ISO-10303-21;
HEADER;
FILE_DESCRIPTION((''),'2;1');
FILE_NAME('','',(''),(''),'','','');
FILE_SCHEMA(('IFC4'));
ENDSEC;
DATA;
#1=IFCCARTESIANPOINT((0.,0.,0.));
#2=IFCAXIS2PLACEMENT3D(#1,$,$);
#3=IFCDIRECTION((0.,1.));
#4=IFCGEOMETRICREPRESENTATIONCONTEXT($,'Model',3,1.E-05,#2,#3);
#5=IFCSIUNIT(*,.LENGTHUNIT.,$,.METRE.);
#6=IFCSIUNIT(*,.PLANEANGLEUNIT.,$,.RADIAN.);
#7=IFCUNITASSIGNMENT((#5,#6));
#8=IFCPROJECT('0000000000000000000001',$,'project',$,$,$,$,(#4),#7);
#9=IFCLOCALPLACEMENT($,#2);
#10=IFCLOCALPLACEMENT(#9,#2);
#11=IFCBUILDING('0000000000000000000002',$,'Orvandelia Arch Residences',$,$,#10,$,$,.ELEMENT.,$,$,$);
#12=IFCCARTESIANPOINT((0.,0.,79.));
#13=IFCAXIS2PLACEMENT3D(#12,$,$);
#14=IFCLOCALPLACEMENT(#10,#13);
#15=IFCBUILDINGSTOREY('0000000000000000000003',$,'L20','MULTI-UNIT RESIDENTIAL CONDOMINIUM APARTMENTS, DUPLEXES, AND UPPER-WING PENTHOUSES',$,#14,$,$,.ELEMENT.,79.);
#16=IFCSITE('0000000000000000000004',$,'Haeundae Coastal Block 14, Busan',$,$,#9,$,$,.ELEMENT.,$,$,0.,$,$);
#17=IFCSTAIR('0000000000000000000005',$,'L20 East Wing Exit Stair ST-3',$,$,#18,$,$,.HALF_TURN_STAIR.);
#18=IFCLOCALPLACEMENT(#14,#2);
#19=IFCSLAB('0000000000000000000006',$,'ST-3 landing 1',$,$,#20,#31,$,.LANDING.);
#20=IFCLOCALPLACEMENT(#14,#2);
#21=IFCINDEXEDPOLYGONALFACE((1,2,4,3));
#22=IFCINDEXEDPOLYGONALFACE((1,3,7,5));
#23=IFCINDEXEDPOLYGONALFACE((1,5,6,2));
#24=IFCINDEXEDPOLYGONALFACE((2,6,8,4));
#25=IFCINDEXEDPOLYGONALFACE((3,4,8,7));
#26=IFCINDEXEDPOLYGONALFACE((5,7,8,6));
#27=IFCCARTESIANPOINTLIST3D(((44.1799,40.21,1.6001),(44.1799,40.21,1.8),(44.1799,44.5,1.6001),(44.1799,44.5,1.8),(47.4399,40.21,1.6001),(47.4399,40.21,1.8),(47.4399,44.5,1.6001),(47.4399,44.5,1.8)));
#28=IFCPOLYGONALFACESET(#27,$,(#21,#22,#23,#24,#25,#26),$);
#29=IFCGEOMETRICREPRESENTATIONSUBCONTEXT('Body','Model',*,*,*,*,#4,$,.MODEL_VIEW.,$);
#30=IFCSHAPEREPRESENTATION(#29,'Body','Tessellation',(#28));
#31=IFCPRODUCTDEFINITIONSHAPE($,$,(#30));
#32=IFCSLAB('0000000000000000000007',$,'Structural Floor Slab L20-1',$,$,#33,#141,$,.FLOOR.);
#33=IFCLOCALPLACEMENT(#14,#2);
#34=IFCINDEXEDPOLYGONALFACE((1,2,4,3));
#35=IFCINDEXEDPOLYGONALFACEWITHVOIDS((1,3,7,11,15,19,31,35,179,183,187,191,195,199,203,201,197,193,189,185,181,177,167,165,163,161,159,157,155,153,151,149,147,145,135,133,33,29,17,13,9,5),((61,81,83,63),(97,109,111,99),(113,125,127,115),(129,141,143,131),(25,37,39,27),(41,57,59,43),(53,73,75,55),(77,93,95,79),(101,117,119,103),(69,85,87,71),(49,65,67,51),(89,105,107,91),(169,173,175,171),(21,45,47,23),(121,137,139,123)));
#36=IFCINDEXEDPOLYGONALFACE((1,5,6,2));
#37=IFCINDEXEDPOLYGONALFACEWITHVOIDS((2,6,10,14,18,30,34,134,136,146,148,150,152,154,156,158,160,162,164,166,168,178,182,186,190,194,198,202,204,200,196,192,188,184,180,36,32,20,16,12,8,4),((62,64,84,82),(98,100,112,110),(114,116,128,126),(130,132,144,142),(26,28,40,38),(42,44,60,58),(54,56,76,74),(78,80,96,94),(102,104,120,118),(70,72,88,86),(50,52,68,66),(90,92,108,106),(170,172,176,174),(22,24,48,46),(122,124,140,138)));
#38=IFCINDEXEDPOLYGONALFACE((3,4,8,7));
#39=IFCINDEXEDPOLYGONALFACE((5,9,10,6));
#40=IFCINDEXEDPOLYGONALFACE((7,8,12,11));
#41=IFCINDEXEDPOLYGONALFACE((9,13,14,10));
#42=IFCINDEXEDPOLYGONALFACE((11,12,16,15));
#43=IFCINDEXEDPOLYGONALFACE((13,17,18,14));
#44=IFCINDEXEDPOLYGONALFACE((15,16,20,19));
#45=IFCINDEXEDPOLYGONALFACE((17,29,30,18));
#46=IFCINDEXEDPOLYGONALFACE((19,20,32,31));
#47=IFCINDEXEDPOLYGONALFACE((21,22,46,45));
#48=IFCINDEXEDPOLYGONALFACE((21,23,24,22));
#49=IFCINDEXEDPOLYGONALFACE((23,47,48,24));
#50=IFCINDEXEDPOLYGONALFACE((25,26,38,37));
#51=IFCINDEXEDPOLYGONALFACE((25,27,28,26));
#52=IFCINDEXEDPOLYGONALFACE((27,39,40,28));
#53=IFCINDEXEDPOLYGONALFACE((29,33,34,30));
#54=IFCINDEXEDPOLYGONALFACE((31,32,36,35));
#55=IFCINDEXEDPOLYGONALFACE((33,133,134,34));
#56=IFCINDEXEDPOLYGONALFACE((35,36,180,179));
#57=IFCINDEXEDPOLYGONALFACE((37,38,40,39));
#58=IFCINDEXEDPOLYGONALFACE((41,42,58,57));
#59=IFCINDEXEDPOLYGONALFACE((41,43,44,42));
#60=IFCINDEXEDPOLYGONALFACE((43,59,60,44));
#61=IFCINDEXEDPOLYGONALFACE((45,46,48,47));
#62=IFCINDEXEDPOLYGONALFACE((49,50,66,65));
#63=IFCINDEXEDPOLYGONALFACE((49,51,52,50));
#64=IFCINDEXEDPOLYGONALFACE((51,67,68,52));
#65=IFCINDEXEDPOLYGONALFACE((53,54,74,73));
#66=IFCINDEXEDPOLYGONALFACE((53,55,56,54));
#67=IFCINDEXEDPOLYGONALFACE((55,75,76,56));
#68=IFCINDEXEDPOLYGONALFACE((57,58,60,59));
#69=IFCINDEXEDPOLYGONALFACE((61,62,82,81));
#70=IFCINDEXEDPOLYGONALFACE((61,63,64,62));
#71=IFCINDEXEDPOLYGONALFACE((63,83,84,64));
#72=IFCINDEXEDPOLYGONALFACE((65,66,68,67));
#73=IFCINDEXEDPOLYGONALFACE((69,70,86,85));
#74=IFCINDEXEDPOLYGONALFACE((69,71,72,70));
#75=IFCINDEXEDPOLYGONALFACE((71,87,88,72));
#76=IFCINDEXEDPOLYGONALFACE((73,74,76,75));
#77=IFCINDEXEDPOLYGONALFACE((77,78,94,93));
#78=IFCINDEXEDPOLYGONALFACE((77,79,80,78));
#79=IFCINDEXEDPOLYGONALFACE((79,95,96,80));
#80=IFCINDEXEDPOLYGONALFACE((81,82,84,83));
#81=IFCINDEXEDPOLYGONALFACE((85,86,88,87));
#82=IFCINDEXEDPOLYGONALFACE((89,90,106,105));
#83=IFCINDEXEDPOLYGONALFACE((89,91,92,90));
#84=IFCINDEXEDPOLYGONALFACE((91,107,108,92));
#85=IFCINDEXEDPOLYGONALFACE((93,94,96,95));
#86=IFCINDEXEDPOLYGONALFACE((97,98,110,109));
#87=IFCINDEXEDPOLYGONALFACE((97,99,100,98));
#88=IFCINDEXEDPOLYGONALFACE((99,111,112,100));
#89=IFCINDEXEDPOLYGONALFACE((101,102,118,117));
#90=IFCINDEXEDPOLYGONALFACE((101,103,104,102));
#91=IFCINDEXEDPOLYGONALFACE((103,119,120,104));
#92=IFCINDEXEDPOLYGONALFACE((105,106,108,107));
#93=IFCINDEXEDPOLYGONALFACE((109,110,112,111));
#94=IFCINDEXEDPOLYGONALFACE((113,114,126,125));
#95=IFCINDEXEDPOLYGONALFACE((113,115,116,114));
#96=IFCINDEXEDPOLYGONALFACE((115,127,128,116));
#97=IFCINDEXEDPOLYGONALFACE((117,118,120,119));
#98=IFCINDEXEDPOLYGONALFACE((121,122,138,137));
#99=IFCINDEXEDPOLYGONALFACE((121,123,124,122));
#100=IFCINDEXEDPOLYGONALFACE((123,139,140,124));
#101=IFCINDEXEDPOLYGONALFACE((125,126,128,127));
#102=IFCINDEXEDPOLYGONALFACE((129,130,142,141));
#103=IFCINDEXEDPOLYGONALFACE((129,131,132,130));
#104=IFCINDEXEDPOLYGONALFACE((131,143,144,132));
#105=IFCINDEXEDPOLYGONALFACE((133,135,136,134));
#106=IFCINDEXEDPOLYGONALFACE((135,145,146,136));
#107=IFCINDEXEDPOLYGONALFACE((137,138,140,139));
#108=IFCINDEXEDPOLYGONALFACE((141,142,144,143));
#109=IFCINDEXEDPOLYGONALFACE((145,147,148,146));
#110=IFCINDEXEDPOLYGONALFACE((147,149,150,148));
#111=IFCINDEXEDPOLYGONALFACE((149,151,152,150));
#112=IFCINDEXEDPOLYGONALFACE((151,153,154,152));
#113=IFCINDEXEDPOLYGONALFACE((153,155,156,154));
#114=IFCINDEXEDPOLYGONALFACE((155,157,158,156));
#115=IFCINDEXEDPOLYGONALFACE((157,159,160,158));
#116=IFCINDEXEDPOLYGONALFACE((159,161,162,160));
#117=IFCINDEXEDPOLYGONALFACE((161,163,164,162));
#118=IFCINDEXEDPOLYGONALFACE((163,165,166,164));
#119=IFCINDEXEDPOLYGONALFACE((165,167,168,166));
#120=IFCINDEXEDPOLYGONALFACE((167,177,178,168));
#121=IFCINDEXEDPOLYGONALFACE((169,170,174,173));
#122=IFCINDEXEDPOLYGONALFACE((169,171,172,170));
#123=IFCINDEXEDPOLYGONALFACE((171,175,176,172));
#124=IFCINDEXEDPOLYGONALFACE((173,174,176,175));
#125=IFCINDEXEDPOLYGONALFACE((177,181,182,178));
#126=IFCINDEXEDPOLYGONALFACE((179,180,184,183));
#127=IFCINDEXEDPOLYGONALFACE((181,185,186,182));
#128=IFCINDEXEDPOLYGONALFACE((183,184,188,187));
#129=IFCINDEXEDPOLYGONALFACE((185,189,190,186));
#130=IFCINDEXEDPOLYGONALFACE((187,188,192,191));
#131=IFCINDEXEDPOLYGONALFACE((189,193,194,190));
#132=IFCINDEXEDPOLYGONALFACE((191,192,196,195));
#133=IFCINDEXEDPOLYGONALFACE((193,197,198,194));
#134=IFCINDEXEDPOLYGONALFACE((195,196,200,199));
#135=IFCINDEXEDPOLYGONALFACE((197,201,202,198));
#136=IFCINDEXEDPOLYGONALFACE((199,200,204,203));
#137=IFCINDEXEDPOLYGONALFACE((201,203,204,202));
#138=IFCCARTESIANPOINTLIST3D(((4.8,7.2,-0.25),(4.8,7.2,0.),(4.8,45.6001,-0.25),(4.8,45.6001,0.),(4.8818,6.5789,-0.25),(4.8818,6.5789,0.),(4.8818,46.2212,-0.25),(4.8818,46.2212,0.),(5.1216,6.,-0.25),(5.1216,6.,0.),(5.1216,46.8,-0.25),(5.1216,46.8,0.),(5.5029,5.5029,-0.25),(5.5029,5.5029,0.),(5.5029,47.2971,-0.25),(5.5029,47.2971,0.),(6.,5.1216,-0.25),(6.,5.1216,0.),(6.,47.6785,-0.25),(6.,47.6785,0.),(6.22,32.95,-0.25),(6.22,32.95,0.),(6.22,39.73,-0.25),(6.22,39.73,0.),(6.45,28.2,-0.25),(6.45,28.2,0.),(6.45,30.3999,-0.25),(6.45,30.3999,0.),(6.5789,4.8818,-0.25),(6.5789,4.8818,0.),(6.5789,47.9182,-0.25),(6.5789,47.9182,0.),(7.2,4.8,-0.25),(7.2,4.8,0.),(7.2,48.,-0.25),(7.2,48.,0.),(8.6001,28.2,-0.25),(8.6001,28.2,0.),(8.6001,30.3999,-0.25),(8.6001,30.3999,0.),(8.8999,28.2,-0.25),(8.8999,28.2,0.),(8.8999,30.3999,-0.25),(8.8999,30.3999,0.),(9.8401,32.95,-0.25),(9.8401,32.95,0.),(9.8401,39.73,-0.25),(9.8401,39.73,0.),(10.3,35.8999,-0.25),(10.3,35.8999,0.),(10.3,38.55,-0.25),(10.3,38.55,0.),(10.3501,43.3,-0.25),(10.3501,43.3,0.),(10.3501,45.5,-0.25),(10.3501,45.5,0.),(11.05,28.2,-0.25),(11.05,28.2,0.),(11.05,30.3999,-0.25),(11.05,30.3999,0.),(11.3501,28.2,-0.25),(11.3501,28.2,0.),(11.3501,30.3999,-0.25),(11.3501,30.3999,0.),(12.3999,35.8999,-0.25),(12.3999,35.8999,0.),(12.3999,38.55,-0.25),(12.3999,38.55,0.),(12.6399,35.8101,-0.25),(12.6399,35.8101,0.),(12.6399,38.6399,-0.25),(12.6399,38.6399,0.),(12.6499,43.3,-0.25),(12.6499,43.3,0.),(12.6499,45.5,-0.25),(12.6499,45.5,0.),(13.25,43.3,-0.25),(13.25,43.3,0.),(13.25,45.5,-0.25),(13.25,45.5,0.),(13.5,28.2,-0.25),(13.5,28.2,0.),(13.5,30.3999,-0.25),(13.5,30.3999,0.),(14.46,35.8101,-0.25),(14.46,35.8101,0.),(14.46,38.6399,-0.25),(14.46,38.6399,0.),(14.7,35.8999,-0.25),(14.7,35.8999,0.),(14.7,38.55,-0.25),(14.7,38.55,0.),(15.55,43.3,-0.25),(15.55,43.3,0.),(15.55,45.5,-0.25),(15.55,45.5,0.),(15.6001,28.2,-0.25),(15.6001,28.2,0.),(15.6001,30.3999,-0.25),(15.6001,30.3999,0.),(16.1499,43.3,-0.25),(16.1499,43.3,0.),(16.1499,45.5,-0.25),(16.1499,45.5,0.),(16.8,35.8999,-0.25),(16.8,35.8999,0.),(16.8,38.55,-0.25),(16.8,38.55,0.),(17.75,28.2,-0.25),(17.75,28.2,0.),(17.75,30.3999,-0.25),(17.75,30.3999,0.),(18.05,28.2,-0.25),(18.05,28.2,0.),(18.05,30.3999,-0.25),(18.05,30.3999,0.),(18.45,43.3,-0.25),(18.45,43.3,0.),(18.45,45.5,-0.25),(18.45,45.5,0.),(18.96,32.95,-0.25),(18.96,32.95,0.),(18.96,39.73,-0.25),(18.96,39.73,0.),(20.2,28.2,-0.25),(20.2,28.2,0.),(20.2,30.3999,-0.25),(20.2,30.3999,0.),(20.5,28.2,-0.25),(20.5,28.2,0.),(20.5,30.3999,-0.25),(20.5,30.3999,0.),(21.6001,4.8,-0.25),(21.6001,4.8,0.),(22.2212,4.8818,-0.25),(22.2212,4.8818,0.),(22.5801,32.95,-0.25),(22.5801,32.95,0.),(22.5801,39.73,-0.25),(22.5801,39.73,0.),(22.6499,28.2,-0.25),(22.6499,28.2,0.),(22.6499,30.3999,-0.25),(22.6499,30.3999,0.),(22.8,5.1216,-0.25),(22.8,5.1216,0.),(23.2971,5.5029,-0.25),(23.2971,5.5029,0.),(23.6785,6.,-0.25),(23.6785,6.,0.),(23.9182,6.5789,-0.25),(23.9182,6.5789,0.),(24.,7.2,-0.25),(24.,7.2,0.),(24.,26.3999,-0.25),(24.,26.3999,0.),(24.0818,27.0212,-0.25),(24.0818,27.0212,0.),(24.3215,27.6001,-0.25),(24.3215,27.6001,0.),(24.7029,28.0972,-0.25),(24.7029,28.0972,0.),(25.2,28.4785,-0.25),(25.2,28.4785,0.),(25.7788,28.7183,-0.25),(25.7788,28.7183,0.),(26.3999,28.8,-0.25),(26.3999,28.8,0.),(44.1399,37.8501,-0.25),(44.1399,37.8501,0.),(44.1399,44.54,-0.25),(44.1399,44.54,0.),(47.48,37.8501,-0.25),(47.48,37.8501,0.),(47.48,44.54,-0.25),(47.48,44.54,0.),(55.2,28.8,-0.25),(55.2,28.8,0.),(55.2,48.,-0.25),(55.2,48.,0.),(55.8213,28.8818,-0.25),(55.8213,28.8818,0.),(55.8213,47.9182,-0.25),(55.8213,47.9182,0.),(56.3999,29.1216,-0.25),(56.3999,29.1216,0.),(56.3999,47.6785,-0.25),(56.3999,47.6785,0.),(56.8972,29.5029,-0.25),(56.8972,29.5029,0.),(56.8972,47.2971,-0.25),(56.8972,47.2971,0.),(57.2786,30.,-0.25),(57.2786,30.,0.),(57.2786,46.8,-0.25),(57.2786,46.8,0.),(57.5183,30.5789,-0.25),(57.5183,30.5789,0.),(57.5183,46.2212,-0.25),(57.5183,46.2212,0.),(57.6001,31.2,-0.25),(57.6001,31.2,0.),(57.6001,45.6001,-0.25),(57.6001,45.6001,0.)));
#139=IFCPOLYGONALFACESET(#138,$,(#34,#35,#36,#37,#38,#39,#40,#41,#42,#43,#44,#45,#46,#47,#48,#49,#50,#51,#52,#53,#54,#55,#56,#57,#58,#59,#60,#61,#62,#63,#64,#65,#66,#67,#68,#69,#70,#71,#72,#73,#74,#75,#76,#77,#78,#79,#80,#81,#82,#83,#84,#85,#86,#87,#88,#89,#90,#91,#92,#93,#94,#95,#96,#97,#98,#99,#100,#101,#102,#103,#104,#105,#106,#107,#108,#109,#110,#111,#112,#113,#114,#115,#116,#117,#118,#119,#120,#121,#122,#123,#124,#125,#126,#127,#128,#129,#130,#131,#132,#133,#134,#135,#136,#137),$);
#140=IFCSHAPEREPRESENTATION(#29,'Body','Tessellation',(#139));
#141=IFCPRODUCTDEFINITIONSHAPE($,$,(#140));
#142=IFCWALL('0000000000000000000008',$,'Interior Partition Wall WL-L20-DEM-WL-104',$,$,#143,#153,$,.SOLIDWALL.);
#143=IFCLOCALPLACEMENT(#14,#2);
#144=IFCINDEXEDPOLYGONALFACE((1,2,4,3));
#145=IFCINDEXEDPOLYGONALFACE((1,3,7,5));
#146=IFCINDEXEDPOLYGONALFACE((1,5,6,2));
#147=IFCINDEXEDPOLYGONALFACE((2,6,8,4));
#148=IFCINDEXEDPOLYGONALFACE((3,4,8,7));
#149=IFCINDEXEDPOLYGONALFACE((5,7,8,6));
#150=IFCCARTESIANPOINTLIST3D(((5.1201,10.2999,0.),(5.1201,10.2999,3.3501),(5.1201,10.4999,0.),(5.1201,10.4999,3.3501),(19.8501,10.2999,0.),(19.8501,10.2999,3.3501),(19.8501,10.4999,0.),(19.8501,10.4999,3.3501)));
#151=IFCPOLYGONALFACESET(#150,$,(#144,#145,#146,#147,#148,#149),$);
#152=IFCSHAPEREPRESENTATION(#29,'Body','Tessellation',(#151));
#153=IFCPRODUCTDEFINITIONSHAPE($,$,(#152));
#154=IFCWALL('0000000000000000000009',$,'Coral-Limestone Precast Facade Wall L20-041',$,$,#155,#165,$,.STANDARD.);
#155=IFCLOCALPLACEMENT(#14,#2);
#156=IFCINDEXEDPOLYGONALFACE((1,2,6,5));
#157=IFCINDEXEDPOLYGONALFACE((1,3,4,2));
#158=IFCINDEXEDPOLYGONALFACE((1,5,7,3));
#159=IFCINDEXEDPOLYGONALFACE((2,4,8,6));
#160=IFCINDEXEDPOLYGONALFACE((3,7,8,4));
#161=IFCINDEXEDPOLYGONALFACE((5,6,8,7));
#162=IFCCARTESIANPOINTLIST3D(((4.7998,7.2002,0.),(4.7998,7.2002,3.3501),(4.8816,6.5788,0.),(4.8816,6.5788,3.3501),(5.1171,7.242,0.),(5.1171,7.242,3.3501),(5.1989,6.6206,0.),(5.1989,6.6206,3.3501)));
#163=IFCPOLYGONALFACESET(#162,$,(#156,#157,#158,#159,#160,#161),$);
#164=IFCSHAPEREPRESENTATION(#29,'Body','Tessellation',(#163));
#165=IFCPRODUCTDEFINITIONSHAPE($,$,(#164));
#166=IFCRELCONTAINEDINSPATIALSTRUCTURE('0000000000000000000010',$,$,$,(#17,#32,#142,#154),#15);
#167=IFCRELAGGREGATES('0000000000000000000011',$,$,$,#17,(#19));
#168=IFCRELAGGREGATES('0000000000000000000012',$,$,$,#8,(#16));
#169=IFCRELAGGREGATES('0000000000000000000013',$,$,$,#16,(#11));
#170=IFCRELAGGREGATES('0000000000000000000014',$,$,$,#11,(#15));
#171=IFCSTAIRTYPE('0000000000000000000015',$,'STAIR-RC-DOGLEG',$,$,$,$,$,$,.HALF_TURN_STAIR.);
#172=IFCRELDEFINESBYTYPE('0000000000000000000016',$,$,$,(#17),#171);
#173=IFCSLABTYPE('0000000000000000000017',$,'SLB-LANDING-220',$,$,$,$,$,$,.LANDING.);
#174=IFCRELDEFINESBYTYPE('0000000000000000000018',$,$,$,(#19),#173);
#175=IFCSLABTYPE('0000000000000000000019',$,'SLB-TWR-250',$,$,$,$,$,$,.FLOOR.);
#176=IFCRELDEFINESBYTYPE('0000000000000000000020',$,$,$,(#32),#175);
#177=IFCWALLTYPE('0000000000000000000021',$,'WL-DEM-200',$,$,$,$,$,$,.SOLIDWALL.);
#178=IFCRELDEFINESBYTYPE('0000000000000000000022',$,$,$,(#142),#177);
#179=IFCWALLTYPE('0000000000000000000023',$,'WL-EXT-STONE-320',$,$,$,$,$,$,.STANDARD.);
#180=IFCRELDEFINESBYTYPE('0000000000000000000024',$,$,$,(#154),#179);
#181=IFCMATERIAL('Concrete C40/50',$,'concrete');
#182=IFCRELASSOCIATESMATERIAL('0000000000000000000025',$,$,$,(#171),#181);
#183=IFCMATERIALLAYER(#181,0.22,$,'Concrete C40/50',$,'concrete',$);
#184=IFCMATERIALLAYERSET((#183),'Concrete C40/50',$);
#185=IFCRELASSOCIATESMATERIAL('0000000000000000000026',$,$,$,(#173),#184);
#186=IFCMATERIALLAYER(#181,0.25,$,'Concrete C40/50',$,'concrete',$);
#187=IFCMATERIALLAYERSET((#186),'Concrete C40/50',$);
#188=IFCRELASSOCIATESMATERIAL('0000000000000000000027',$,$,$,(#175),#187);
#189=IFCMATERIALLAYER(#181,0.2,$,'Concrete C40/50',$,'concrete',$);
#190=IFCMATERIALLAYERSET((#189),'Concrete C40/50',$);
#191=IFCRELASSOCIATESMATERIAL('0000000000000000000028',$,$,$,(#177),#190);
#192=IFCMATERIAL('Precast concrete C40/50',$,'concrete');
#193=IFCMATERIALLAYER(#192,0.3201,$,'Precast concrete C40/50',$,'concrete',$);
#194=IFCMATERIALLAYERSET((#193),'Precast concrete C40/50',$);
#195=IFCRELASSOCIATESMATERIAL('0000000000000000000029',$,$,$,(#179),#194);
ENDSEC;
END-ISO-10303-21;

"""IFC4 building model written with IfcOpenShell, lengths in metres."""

from ifc_helpers import new_model, si_unit, direction, frame, frame_2d, origin, place, context, subcontext, project, spatial, polyline, rectangle, outline, extrude, material, layer, layer_set, type_object, element, aggregate, save


model = new_model("IFC4")

# Units and contexts
model_context = context("Model", 3, precision=1e-05, world=origin(), true_north=direction((0.0, 1.0)))
body_context = subcontext(model_context, "Body", "Model", "MODEL_VIEW")
ifc_project = project(units=[si_unit("LENGTHUNIT", "METRE"), si_unit("PLANEANGLEUNIT", "RADIAN")], contexts=[model_context])

# Site, building, storey
site_placement = place(None, origin())
site = spatial("IfcSite", under=ifc_project, at=site_placement, Name="Haeundae Coastal Block 14, Busan", CompositionType="ELEMENT", RefElevation=0.0)
building_placement = place(site_placement, origin())
building = spatial("IfcBuilding", under=site, at=building_placement, Name="Orvandelia Arch Residences", CompositionType="ELEMENT")
storey_placement = place(building_placement, frame((0.0, 0.0, 79.0)))
storey = spatial("IfcBuildingStorey", under=building, at=storey_placement, Name="L20", Description="MULTI-UNIT RESIDENTIAL CONDOMINIUM APARTMENTS, DUPLEXES, AND UPPER-WING PENTHOUSES", CompositionType="ELEMENT", Elevation=79.0)

# Shared definitions
ifc_material_1 = material(Name="Precast concrete C40/50", Category="concrete")

# Stair, slab
ifc_material_2 = material(Name="Concrete C40/50", Category="concrete")
stair_type = type_object("IfcStairType", Name="STAIR-RC-DOGLEG", PredefinedType="HALF_TURN_STAIR", material=ifc_material_2)
ifc_layer_1 = layer(ifc_material_2, 0.22, Name="Concrete C40/50", Category="concrete")
ifc_layer_set_1 = layer_set([ifc_layer_1], Name="Concrete C40/50")
slab_type_1 = type_object("IfcSlabType", Name="SLB-LANDING-220", PredefinedType="LANDING", material=ifc_layer_set_1)
stair_1_placement = place(storey_placement, origin())
stair_1 = element("IfcStair", 1, at=stair_1_placement, inside=storey, type_object=stair_type, Name="L20 East Wing Exit Stair ST-3", PredefinedType="HALF_TURN_STAIR")
slab_1_placement = place(storey_placement, frame((0.0, 0.0, 1.6001)))
slab_1 = element("IfcSlab", 2, at=slab_1_placement, type_object=slab_type_1, Name="ST-3 landing 1", PredefinedType="LANDING", context=body_context, shape_type="SweptSolid", body=[
    extrude(outline(polyline([(47.4399, 40.21), (47.4399, 44.5), (44.1799, 44.5), (44.1799, 40.21), (47.4399, 40.21)])), origin(), (0.0, 0.0, 1.0), 0.2),
])
aggregate(stair_1, [slab_1])

# Slab
ifc_layer_2 = layer(ifc_material_2, 0.25, Name="Concrete C40/50", Category="concrete")
ifc_layer_set_2 = layer_set([ifc_layer_2], Name="Concrete C40/50")
slab_type_2 = type_object("IfcSlabType", Name="SLB-TWR-250", PredefinedType="FLOOR", material=ifc_layer_set_2)
slab_2_placement = place(storey_placement, frame((0.0, 0.0, -0.25)))
element("IfcSlab", 3, at=slab_2_placement, inside=storey, type_object=slab_type_2, Name="Structural Floor Slab L20-1", PredefinedType="FLOOR", context=body_context, shape_type="SweptSolid", body=[
    extrude(outline(polyline([(4.8, 7.2), (4.8818, 6.5789), (5.1216, 6.0), (5.5029, 5.5029), (6.0, 5.1216), (6.5789, 4.8818), (7.2, 4.8), (21.6001, 4.8), (22.2212, 4.8818), (22.8, 5.1216), (23.2971, 5.5029), (23.6785, 6.0), (23.9182, 6.5789), (24.0, 7.2), (24.0, 26.3999), (24.0818, 27.0212), (24.3215, 27.6001), (24.7029, 28.0972), (25.2, 28.4785), (25.7788, 28.7183), (26.3999, 28.8), (55.2, 28.8), (55.8213, 28.8818), (56.3999, 29.1216), (56.8972, 29.5029), (57.2786, 30.0), (57.5183, 30.5789), (57.6001, 31.2), (57.6001, 45.6001), (57.5183, 46.2212), (57.2786, 46.8), (56.8972, 47.2971), (56.3999, 47.6785), (55.8213, 47.9182), (55.2, 48.0), (7.2, 48.0), (6.5789, 47.9182), (6.0, 47.6785), (5.5029, 47.2971), (5.1216, 46.8), (4.8818, 46.2212), (4.8, 45.6001), (4.8, 7.2)]), holes=[polyline([(6.22, 32.95), (9.8401, 32.95), (9.8401, 39.73), (6.22, 39.73), (6.22, 32.95)]), polyline([(18.96, 32.95), (22.5801, 32.95), (22.5801, 39.73), (18.96, 39.73), (18.96, 32.95)]), polyline([(44.1399, 37.8501), (47.48, 37.8501), (47.48, 44.54), (44.1399, 44.54), (44.1399, 37.8501)]), polyline([(12.6399, 35.8101), (14.46, 35.8101), (14.46, 38.6399), (12.6399, 38.6399), (12.6399, 35.8101)]), polyline([(10.3, 35.8999), (12.3999, 35.8999), (12.3999, 38.55), (10.3, 38.55), (10.3, 35.8999)]), polyline([(14.7, 35.8999), (16.8, 35.8999), (16.8, 38.55), (14.7, 38.55), (14.7, 35.8999)]), polyline([(10.3501, 43.3), (12.6499, 43.3), (12.6499, 45.5), (10.3501, 45.5), (10.3501, 43.3)]), polyline([(13.25, 43.3), (15.55, 43.3), (15.55, 45.5), (13.25, 45.5), (13.25, 43.3)]), polyline([(16.1499, 43.3), (18.45, 43.3), (18.45, 45.5), (16.1499, 45.5), (16.1499, 43.3)]), polyline([(6.45, 28.2), (8.6001, 28.2), (8.6001, 30.3999), (6.45, 30.3999), (6.45, 28.2)]), polyline([(8.8999, 28.2), (11.05, 28.2), (11.05, 30.3999), (8.8999, 30.3999), (8.8999, 28.2)]), polyline([(11.3501, 28.2), (13.5, 28.2), (13.5, 30.3999), (11.3501, 30.3999), (11.3501, 28.2)]), polyline([(15.6001, 28.2), (17.75, 28.2), (17.75, 30.3999), (15.6001, 30.3999), (15.6001, 28.2)]), polyline([(18.05, 28.2), (20.2, 28.2), (20.2, 30.3999), (18.05, 30.3999), (18.05, 28.2)]), polyline([(20.5, 28.2), (22.6499, 28.2), (22.6499, 30.3999), (20.5, 30.3999), (20.5, 28.2)])]), origin(), (0.0, 0.0, 1.0), 0.25),
])

# Walls
ifc_layer_3 = layer(ifc_material_2, 0.2, Name="Concrete C40/50", Category="concrete")
ifc_layer_set_3 = layer_set([ifc_layer_3], Name="Concrete C40/50")
wall_type_1 = type_object("IfcWallType", Name="WL-DEM-200", PredefinedType="SOLIDWALL", material=ifc_layer_set_3)
wall_1_placement = place(storey_placement, frame((5.1201, 10.3999, 0.0), z_axis=(0.0, 0.0, 1.0), x_axis=(1.0, 0.0, 0.0)))
element("IfcWall", 4, at=wall_1_placement, inside=storey, type_object=wall_type_1, Name="Interior Partition Wall WL-L20-DEM-WL-104", PredefinedType="SOLIDWALL", context=body_context, shape_type="SweptSolid", body=[
    extrude(rectangle(XDim=14.73, YDim=0.2, at=frame_2d((7.365, 0.0))), origin(), (0.0, 0.0, 1.0), 3.3501),
])
ifc_layer_4 = layer(ifc_material_1, 0.3201, Name="Precast concrete C40/50", Category="concrete")
ifc_layer_set_4 = layer_set([ifc_layer_4], Name="Precast concrete C40/50")
wall_type_2 = type_object("IfcWallType", Name="WL-EXT-STONE-320", PredefinedType="STANDARD", material=ifc_layer_set_4)
wall_2_placement = place(storey_placement, frame((5.0403, 6.5996, 0.0), z_axis=(0.0, 0.0, 1.0), x_axis=(-0.130505, 0.991448, 0.0)))
element("IfcWall", 5, at=wall_2_placement, inside=storey, type_object=wall_type_2, Name="Coral-Limestone Precast Facade Wall L20-041", PredefinedType="STANDARD", context=body_context, shape_type="SweptSolid", body=[
    extrude(rectangle(XDim=0.6267, YDim=0.3201, at=frame_2d((0.3135, 0.0))), origin(), (0.0, 0.0, 1.0), 3.3501),
])

save(model, "model.ifc")
